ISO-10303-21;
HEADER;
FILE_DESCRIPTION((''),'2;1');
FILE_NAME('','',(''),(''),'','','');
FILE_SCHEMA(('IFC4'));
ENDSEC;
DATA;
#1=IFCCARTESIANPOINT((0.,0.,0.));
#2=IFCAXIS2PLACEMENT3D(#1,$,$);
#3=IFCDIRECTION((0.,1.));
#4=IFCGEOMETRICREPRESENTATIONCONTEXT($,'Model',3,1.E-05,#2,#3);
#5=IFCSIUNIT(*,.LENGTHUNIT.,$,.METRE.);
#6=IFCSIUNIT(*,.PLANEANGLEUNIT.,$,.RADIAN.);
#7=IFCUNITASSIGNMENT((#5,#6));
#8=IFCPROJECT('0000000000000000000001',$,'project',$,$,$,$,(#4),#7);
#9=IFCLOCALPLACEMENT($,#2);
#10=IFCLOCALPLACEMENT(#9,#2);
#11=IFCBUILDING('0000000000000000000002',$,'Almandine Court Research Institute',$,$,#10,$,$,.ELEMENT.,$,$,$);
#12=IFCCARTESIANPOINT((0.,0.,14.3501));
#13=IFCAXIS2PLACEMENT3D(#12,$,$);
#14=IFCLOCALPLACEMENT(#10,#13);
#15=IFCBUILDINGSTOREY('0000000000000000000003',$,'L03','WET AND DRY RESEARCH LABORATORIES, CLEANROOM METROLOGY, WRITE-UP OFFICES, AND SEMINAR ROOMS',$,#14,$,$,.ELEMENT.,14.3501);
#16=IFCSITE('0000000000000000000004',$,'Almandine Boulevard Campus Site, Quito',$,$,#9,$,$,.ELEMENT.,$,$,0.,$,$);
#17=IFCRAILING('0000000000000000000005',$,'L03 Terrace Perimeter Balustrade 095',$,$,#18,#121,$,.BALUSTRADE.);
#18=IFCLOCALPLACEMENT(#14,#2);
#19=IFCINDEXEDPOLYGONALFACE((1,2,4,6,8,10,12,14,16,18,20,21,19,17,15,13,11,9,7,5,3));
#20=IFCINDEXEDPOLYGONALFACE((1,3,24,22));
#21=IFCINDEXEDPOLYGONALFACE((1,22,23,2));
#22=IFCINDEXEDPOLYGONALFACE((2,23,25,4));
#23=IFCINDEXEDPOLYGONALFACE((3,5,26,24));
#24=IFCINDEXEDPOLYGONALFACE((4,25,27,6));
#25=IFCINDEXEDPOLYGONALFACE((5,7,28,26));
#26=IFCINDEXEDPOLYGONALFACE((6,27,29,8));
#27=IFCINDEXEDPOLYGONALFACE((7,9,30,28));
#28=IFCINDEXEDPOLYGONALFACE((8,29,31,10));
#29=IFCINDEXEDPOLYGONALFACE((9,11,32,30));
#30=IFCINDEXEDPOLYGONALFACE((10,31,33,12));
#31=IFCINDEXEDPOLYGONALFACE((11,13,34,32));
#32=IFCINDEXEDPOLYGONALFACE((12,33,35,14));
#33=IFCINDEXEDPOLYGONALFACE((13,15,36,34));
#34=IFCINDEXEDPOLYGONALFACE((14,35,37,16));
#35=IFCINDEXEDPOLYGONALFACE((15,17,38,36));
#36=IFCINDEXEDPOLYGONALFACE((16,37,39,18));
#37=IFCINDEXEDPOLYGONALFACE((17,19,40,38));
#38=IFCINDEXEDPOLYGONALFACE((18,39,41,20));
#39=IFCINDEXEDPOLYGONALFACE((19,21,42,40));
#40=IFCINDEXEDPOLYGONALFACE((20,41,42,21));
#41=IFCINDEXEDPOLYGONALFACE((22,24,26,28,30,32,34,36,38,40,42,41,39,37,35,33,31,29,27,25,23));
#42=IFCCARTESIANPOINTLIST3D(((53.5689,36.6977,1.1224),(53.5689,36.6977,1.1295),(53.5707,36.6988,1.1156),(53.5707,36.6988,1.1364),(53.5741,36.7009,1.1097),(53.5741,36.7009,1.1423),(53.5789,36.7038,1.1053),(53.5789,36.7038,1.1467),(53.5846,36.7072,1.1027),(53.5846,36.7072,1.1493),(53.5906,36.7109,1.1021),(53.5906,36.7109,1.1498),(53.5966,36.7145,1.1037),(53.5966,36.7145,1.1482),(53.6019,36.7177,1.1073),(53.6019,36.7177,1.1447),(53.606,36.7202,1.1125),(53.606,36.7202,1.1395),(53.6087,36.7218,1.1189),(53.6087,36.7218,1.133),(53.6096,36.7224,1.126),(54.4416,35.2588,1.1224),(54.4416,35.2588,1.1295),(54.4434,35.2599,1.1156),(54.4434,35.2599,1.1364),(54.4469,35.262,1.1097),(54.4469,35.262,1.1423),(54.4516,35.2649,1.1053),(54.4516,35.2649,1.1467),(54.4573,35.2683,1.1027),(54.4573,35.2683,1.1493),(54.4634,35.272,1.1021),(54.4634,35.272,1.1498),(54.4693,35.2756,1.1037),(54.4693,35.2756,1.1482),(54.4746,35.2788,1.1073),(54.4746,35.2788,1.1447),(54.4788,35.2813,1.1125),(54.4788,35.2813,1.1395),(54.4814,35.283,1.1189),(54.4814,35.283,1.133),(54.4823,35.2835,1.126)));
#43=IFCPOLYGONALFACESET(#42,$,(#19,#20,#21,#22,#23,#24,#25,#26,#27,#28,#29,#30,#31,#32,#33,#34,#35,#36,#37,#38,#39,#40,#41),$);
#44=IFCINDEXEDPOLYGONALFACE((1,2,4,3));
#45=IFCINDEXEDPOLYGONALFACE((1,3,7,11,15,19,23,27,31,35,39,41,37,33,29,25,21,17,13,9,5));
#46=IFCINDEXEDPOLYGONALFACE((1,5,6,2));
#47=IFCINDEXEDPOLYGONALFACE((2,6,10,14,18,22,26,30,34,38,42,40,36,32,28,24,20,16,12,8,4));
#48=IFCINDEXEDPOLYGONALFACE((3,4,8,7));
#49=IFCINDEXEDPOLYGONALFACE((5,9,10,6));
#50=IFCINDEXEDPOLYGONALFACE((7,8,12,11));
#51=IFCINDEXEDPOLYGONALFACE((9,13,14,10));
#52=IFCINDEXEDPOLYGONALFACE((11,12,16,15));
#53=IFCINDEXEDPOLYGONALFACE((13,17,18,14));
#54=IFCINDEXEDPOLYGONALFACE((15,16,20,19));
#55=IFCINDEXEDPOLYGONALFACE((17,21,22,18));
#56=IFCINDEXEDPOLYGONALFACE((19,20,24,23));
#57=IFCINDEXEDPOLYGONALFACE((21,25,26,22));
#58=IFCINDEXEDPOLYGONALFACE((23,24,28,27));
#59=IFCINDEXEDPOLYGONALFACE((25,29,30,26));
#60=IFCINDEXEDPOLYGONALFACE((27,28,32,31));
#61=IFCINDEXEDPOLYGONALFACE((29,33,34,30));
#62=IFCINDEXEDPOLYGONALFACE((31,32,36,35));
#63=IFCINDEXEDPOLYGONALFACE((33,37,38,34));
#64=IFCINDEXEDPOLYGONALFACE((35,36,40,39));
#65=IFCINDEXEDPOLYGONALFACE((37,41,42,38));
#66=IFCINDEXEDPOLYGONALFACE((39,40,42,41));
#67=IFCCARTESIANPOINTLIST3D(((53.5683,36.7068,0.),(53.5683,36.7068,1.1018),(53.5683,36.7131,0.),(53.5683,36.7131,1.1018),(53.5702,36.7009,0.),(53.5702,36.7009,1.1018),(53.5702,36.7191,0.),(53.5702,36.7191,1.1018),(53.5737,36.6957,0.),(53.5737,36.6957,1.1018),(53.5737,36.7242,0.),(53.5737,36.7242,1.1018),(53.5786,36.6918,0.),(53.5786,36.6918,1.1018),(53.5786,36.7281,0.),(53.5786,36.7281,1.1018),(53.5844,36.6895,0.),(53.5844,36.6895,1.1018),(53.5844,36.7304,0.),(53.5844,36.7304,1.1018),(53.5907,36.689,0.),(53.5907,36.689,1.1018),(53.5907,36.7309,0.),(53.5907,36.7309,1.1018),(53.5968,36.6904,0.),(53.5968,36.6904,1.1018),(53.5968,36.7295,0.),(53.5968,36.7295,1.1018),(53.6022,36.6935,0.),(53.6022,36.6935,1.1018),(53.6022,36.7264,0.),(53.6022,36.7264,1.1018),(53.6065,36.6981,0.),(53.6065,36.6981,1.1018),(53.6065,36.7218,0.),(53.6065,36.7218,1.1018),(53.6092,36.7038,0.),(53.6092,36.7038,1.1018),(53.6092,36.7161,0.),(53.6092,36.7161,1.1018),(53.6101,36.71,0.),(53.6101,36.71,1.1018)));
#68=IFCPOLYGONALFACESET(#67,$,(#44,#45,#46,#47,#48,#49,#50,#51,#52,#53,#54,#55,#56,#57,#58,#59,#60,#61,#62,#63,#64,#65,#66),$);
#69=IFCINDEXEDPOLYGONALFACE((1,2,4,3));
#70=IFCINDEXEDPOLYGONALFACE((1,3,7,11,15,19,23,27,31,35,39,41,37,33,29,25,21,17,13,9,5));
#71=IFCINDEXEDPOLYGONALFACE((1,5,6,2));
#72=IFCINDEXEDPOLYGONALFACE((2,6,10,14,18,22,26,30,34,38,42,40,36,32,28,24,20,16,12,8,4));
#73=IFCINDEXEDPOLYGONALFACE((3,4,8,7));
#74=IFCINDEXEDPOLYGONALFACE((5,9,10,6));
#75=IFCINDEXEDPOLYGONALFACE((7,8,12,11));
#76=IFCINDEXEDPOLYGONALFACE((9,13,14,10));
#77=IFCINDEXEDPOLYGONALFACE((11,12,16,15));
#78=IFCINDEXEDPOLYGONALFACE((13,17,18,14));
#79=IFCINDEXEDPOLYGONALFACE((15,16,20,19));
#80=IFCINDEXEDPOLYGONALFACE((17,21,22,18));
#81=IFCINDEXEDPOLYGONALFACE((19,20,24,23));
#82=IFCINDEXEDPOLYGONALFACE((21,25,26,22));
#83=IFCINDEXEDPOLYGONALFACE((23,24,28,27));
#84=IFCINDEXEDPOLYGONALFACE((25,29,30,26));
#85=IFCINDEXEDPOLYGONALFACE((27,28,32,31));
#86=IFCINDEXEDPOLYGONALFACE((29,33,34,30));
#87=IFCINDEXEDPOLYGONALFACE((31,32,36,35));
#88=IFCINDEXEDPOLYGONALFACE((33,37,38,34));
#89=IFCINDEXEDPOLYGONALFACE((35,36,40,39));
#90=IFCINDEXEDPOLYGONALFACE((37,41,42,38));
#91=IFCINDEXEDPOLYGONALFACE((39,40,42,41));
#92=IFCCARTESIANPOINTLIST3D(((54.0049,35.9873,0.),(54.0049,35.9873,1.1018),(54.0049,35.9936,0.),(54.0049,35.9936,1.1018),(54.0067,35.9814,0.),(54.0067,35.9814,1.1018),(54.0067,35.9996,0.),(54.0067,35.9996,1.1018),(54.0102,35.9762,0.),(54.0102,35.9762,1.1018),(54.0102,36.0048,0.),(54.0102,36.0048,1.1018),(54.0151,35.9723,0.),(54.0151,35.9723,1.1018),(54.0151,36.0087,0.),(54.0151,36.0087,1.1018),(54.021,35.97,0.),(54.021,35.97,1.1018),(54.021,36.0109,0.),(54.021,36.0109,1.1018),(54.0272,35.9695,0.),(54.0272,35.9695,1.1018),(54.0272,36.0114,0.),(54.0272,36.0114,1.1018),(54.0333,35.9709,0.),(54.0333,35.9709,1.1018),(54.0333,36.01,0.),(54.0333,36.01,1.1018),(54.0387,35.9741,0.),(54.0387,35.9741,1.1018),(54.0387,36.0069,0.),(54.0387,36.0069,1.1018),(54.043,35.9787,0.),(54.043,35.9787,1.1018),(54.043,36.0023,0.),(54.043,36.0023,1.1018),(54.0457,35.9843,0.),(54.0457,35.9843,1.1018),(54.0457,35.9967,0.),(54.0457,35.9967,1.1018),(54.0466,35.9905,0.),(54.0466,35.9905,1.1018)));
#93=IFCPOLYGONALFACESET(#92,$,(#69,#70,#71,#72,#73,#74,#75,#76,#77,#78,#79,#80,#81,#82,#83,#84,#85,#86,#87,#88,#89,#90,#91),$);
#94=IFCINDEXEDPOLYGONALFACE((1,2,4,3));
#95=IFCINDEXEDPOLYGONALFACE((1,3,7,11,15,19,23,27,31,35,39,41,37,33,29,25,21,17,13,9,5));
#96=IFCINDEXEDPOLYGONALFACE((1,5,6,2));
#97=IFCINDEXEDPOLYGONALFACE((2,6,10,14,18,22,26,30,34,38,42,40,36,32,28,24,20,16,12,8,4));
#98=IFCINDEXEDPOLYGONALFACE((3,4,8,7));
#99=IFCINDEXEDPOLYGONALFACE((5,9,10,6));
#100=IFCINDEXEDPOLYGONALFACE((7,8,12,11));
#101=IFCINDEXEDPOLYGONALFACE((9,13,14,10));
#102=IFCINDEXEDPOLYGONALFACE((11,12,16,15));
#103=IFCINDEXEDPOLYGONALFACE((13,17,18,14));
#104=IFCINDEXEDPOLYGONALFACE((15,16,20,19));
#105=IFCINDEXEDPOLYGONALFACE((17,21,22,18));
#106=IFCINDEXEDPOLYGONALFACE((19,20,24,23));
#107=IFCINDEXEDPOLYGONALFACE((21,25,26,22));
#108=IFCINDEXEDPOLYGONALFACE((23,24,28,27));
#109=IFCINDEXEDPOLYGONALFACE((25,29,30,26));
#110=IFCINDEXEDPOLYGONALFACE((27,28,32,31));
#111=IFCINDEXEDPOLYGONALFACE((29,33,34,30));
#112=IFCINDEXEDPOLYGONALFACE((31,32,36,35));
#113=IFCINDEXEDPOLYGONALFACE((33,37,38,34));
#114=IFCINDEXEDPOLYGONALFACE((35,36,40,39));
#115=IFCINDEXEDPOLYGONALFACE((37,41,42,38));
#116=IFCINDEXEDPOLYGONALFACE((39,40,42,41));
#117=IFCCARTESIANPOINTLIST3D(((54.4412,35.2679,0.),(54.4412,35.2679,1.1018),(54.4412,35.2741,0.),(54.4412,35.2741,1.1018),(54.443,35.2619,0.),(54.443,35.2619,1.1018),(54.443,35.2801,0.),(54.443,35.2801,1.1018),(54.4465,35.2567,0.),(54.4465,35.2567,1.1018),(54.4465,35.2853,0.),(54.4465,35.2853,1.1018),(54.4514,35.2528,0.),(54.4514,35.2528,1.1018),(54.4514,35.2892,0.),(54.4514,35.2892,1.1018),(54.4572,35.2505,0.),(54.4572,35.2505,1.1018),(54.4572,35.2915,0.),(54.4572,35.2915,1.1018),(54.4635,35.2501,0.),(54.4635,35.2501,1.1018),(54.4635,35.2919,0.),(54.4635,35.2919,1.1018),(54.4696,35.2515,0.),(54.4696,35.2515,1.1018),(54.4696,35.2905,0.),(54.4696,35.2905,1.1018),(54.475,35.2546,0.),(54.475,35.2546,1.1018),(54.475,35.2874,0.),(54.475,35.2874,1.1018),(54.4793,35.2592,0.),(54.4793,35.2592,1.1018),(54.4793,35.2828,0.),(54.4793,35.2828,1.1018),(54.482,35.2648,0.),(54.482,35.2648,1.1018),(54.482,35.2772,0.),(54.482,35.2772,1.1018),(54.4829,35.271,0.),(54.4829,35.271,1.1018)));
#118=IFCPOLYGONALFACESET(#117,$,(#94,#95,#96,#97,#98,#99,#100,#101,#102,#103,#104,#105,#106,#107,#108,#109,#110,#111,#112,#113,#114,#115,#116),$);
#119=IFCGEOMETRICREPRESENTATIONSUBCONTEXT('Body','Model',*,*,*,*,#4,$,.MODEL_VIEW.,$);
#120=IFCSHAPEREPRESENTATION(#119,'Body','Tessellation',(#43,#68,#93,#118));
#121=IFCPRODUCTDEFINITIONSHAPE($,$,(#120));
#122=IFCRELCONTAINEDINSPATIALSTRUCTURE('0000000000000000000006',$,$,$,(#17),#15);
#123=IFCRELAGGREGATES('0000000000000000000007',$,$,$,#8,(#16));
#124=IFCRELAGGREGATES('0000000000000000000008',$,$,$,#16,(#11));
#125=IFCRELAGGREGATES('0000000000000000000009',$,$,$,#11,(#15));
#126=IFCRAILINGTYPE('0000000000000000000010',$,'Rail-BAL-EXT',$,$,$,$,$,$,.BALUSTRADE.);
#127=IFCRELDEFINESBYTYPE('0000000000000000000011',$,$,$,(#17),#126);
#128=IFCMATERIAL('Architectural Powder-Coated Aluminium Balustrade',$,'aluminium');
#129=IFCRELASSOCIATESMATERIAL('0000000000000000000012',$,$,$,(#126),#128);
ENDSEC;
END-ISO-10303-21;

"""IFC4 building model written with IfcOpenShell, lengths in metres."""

from ifc_helpers import new_model, si_unit, direction, frame, origin, origin_2d, place, context, subcontext, project, spatial, circle, extrude, material, type_object, element, save


model = new_model("IFC4")

# Units and contexts
model_context = context("Model", 3, precision=1e-05, world=origin(), true_north=direction((0.0, 1.0)))
body_context = subcontext(model_context, "Body", "Model", "MODEL_VIEW")
ifc_project = project(units=[si_unit("LENGTHUNIT", "METRE"), si_unit("PLANEANGLEUNIT", "RADIAN")], contexts=[model_context])

# Site, building, storey
site_placement = place(None, origin())
site = spatial("IfcSite", under=ifc_project, at=site_placement, Name="Almandine Boulevard Campus Site, Quito", CompositionType="ELEMENT", RefElevation=0.0)
building_placement = place(site_placement, origin())
building = spatial("IfcBuilding", under=site, at=building_placement, Name="Almandine Court Research Institute", CompositionType="ELEMENT")
storey_placement = place(building_placement, frame((0.0, 0.0, 14.3501)))
storey = spatial("IfcBuildingStorey", under=building, at=storey_placement, Name="L03", Description="WET AND DRY RESEARCH LABORATORIES, CLEANROOM METROLOGY, WRITE-UP OFFICES, AND SEMINAR ROOMS", CompositionType="ELEMENT", Elevation=14.3501)

# Railing
ifc_material_1 = material(Name="Architectural Powder-Coated Aluminium Balustrade", Category="aluminium")
railing_type = type_object("IfcRailingType", Name="Rail-BAL-EXT", PredefinedType="BALUSTRADE", material=ifc_material_1)
railing_1_placement = place(storey_placement, frame((53.5891, 36.71, 0.0)))
element("IfcRailing", 1, at=railing_1_placement, inside=storey, type_object=railing_type, Name="L03 Terrace Perimeter Balustrade 095", PredefinedType="BALUSTRADE", context=body_context, shape_type="SweptSolid", body=[
    extrude(circle(Radius=0.0239, at=origin_2d()), frame((0.0, 0.0, 1.126), z_axis=(0.518607, -0.855013, 0.0), x_axis=(0.855013, 0.518607, 0.0)), (0.0, 0.0, 1.0), 1.6829),
    extrude(circle(Radius=0.021, at=origin_2d()), origin(), (0.0, 0.0, 1.0), 1.1018),
    extrude(circle(Radius=0.021, at=origin_2d()), frame((0.4365, -0.7195, 0.0)), (0.0, 0.0, 1.0), 1.1018),
    extrude(circle(Radius=0.021, at=origin_2d()), frame((0.8728, -1.439, 0.0)), (0.0, 0.0, 1.0), 1.1018),
])

save(model, "model.ifc")
